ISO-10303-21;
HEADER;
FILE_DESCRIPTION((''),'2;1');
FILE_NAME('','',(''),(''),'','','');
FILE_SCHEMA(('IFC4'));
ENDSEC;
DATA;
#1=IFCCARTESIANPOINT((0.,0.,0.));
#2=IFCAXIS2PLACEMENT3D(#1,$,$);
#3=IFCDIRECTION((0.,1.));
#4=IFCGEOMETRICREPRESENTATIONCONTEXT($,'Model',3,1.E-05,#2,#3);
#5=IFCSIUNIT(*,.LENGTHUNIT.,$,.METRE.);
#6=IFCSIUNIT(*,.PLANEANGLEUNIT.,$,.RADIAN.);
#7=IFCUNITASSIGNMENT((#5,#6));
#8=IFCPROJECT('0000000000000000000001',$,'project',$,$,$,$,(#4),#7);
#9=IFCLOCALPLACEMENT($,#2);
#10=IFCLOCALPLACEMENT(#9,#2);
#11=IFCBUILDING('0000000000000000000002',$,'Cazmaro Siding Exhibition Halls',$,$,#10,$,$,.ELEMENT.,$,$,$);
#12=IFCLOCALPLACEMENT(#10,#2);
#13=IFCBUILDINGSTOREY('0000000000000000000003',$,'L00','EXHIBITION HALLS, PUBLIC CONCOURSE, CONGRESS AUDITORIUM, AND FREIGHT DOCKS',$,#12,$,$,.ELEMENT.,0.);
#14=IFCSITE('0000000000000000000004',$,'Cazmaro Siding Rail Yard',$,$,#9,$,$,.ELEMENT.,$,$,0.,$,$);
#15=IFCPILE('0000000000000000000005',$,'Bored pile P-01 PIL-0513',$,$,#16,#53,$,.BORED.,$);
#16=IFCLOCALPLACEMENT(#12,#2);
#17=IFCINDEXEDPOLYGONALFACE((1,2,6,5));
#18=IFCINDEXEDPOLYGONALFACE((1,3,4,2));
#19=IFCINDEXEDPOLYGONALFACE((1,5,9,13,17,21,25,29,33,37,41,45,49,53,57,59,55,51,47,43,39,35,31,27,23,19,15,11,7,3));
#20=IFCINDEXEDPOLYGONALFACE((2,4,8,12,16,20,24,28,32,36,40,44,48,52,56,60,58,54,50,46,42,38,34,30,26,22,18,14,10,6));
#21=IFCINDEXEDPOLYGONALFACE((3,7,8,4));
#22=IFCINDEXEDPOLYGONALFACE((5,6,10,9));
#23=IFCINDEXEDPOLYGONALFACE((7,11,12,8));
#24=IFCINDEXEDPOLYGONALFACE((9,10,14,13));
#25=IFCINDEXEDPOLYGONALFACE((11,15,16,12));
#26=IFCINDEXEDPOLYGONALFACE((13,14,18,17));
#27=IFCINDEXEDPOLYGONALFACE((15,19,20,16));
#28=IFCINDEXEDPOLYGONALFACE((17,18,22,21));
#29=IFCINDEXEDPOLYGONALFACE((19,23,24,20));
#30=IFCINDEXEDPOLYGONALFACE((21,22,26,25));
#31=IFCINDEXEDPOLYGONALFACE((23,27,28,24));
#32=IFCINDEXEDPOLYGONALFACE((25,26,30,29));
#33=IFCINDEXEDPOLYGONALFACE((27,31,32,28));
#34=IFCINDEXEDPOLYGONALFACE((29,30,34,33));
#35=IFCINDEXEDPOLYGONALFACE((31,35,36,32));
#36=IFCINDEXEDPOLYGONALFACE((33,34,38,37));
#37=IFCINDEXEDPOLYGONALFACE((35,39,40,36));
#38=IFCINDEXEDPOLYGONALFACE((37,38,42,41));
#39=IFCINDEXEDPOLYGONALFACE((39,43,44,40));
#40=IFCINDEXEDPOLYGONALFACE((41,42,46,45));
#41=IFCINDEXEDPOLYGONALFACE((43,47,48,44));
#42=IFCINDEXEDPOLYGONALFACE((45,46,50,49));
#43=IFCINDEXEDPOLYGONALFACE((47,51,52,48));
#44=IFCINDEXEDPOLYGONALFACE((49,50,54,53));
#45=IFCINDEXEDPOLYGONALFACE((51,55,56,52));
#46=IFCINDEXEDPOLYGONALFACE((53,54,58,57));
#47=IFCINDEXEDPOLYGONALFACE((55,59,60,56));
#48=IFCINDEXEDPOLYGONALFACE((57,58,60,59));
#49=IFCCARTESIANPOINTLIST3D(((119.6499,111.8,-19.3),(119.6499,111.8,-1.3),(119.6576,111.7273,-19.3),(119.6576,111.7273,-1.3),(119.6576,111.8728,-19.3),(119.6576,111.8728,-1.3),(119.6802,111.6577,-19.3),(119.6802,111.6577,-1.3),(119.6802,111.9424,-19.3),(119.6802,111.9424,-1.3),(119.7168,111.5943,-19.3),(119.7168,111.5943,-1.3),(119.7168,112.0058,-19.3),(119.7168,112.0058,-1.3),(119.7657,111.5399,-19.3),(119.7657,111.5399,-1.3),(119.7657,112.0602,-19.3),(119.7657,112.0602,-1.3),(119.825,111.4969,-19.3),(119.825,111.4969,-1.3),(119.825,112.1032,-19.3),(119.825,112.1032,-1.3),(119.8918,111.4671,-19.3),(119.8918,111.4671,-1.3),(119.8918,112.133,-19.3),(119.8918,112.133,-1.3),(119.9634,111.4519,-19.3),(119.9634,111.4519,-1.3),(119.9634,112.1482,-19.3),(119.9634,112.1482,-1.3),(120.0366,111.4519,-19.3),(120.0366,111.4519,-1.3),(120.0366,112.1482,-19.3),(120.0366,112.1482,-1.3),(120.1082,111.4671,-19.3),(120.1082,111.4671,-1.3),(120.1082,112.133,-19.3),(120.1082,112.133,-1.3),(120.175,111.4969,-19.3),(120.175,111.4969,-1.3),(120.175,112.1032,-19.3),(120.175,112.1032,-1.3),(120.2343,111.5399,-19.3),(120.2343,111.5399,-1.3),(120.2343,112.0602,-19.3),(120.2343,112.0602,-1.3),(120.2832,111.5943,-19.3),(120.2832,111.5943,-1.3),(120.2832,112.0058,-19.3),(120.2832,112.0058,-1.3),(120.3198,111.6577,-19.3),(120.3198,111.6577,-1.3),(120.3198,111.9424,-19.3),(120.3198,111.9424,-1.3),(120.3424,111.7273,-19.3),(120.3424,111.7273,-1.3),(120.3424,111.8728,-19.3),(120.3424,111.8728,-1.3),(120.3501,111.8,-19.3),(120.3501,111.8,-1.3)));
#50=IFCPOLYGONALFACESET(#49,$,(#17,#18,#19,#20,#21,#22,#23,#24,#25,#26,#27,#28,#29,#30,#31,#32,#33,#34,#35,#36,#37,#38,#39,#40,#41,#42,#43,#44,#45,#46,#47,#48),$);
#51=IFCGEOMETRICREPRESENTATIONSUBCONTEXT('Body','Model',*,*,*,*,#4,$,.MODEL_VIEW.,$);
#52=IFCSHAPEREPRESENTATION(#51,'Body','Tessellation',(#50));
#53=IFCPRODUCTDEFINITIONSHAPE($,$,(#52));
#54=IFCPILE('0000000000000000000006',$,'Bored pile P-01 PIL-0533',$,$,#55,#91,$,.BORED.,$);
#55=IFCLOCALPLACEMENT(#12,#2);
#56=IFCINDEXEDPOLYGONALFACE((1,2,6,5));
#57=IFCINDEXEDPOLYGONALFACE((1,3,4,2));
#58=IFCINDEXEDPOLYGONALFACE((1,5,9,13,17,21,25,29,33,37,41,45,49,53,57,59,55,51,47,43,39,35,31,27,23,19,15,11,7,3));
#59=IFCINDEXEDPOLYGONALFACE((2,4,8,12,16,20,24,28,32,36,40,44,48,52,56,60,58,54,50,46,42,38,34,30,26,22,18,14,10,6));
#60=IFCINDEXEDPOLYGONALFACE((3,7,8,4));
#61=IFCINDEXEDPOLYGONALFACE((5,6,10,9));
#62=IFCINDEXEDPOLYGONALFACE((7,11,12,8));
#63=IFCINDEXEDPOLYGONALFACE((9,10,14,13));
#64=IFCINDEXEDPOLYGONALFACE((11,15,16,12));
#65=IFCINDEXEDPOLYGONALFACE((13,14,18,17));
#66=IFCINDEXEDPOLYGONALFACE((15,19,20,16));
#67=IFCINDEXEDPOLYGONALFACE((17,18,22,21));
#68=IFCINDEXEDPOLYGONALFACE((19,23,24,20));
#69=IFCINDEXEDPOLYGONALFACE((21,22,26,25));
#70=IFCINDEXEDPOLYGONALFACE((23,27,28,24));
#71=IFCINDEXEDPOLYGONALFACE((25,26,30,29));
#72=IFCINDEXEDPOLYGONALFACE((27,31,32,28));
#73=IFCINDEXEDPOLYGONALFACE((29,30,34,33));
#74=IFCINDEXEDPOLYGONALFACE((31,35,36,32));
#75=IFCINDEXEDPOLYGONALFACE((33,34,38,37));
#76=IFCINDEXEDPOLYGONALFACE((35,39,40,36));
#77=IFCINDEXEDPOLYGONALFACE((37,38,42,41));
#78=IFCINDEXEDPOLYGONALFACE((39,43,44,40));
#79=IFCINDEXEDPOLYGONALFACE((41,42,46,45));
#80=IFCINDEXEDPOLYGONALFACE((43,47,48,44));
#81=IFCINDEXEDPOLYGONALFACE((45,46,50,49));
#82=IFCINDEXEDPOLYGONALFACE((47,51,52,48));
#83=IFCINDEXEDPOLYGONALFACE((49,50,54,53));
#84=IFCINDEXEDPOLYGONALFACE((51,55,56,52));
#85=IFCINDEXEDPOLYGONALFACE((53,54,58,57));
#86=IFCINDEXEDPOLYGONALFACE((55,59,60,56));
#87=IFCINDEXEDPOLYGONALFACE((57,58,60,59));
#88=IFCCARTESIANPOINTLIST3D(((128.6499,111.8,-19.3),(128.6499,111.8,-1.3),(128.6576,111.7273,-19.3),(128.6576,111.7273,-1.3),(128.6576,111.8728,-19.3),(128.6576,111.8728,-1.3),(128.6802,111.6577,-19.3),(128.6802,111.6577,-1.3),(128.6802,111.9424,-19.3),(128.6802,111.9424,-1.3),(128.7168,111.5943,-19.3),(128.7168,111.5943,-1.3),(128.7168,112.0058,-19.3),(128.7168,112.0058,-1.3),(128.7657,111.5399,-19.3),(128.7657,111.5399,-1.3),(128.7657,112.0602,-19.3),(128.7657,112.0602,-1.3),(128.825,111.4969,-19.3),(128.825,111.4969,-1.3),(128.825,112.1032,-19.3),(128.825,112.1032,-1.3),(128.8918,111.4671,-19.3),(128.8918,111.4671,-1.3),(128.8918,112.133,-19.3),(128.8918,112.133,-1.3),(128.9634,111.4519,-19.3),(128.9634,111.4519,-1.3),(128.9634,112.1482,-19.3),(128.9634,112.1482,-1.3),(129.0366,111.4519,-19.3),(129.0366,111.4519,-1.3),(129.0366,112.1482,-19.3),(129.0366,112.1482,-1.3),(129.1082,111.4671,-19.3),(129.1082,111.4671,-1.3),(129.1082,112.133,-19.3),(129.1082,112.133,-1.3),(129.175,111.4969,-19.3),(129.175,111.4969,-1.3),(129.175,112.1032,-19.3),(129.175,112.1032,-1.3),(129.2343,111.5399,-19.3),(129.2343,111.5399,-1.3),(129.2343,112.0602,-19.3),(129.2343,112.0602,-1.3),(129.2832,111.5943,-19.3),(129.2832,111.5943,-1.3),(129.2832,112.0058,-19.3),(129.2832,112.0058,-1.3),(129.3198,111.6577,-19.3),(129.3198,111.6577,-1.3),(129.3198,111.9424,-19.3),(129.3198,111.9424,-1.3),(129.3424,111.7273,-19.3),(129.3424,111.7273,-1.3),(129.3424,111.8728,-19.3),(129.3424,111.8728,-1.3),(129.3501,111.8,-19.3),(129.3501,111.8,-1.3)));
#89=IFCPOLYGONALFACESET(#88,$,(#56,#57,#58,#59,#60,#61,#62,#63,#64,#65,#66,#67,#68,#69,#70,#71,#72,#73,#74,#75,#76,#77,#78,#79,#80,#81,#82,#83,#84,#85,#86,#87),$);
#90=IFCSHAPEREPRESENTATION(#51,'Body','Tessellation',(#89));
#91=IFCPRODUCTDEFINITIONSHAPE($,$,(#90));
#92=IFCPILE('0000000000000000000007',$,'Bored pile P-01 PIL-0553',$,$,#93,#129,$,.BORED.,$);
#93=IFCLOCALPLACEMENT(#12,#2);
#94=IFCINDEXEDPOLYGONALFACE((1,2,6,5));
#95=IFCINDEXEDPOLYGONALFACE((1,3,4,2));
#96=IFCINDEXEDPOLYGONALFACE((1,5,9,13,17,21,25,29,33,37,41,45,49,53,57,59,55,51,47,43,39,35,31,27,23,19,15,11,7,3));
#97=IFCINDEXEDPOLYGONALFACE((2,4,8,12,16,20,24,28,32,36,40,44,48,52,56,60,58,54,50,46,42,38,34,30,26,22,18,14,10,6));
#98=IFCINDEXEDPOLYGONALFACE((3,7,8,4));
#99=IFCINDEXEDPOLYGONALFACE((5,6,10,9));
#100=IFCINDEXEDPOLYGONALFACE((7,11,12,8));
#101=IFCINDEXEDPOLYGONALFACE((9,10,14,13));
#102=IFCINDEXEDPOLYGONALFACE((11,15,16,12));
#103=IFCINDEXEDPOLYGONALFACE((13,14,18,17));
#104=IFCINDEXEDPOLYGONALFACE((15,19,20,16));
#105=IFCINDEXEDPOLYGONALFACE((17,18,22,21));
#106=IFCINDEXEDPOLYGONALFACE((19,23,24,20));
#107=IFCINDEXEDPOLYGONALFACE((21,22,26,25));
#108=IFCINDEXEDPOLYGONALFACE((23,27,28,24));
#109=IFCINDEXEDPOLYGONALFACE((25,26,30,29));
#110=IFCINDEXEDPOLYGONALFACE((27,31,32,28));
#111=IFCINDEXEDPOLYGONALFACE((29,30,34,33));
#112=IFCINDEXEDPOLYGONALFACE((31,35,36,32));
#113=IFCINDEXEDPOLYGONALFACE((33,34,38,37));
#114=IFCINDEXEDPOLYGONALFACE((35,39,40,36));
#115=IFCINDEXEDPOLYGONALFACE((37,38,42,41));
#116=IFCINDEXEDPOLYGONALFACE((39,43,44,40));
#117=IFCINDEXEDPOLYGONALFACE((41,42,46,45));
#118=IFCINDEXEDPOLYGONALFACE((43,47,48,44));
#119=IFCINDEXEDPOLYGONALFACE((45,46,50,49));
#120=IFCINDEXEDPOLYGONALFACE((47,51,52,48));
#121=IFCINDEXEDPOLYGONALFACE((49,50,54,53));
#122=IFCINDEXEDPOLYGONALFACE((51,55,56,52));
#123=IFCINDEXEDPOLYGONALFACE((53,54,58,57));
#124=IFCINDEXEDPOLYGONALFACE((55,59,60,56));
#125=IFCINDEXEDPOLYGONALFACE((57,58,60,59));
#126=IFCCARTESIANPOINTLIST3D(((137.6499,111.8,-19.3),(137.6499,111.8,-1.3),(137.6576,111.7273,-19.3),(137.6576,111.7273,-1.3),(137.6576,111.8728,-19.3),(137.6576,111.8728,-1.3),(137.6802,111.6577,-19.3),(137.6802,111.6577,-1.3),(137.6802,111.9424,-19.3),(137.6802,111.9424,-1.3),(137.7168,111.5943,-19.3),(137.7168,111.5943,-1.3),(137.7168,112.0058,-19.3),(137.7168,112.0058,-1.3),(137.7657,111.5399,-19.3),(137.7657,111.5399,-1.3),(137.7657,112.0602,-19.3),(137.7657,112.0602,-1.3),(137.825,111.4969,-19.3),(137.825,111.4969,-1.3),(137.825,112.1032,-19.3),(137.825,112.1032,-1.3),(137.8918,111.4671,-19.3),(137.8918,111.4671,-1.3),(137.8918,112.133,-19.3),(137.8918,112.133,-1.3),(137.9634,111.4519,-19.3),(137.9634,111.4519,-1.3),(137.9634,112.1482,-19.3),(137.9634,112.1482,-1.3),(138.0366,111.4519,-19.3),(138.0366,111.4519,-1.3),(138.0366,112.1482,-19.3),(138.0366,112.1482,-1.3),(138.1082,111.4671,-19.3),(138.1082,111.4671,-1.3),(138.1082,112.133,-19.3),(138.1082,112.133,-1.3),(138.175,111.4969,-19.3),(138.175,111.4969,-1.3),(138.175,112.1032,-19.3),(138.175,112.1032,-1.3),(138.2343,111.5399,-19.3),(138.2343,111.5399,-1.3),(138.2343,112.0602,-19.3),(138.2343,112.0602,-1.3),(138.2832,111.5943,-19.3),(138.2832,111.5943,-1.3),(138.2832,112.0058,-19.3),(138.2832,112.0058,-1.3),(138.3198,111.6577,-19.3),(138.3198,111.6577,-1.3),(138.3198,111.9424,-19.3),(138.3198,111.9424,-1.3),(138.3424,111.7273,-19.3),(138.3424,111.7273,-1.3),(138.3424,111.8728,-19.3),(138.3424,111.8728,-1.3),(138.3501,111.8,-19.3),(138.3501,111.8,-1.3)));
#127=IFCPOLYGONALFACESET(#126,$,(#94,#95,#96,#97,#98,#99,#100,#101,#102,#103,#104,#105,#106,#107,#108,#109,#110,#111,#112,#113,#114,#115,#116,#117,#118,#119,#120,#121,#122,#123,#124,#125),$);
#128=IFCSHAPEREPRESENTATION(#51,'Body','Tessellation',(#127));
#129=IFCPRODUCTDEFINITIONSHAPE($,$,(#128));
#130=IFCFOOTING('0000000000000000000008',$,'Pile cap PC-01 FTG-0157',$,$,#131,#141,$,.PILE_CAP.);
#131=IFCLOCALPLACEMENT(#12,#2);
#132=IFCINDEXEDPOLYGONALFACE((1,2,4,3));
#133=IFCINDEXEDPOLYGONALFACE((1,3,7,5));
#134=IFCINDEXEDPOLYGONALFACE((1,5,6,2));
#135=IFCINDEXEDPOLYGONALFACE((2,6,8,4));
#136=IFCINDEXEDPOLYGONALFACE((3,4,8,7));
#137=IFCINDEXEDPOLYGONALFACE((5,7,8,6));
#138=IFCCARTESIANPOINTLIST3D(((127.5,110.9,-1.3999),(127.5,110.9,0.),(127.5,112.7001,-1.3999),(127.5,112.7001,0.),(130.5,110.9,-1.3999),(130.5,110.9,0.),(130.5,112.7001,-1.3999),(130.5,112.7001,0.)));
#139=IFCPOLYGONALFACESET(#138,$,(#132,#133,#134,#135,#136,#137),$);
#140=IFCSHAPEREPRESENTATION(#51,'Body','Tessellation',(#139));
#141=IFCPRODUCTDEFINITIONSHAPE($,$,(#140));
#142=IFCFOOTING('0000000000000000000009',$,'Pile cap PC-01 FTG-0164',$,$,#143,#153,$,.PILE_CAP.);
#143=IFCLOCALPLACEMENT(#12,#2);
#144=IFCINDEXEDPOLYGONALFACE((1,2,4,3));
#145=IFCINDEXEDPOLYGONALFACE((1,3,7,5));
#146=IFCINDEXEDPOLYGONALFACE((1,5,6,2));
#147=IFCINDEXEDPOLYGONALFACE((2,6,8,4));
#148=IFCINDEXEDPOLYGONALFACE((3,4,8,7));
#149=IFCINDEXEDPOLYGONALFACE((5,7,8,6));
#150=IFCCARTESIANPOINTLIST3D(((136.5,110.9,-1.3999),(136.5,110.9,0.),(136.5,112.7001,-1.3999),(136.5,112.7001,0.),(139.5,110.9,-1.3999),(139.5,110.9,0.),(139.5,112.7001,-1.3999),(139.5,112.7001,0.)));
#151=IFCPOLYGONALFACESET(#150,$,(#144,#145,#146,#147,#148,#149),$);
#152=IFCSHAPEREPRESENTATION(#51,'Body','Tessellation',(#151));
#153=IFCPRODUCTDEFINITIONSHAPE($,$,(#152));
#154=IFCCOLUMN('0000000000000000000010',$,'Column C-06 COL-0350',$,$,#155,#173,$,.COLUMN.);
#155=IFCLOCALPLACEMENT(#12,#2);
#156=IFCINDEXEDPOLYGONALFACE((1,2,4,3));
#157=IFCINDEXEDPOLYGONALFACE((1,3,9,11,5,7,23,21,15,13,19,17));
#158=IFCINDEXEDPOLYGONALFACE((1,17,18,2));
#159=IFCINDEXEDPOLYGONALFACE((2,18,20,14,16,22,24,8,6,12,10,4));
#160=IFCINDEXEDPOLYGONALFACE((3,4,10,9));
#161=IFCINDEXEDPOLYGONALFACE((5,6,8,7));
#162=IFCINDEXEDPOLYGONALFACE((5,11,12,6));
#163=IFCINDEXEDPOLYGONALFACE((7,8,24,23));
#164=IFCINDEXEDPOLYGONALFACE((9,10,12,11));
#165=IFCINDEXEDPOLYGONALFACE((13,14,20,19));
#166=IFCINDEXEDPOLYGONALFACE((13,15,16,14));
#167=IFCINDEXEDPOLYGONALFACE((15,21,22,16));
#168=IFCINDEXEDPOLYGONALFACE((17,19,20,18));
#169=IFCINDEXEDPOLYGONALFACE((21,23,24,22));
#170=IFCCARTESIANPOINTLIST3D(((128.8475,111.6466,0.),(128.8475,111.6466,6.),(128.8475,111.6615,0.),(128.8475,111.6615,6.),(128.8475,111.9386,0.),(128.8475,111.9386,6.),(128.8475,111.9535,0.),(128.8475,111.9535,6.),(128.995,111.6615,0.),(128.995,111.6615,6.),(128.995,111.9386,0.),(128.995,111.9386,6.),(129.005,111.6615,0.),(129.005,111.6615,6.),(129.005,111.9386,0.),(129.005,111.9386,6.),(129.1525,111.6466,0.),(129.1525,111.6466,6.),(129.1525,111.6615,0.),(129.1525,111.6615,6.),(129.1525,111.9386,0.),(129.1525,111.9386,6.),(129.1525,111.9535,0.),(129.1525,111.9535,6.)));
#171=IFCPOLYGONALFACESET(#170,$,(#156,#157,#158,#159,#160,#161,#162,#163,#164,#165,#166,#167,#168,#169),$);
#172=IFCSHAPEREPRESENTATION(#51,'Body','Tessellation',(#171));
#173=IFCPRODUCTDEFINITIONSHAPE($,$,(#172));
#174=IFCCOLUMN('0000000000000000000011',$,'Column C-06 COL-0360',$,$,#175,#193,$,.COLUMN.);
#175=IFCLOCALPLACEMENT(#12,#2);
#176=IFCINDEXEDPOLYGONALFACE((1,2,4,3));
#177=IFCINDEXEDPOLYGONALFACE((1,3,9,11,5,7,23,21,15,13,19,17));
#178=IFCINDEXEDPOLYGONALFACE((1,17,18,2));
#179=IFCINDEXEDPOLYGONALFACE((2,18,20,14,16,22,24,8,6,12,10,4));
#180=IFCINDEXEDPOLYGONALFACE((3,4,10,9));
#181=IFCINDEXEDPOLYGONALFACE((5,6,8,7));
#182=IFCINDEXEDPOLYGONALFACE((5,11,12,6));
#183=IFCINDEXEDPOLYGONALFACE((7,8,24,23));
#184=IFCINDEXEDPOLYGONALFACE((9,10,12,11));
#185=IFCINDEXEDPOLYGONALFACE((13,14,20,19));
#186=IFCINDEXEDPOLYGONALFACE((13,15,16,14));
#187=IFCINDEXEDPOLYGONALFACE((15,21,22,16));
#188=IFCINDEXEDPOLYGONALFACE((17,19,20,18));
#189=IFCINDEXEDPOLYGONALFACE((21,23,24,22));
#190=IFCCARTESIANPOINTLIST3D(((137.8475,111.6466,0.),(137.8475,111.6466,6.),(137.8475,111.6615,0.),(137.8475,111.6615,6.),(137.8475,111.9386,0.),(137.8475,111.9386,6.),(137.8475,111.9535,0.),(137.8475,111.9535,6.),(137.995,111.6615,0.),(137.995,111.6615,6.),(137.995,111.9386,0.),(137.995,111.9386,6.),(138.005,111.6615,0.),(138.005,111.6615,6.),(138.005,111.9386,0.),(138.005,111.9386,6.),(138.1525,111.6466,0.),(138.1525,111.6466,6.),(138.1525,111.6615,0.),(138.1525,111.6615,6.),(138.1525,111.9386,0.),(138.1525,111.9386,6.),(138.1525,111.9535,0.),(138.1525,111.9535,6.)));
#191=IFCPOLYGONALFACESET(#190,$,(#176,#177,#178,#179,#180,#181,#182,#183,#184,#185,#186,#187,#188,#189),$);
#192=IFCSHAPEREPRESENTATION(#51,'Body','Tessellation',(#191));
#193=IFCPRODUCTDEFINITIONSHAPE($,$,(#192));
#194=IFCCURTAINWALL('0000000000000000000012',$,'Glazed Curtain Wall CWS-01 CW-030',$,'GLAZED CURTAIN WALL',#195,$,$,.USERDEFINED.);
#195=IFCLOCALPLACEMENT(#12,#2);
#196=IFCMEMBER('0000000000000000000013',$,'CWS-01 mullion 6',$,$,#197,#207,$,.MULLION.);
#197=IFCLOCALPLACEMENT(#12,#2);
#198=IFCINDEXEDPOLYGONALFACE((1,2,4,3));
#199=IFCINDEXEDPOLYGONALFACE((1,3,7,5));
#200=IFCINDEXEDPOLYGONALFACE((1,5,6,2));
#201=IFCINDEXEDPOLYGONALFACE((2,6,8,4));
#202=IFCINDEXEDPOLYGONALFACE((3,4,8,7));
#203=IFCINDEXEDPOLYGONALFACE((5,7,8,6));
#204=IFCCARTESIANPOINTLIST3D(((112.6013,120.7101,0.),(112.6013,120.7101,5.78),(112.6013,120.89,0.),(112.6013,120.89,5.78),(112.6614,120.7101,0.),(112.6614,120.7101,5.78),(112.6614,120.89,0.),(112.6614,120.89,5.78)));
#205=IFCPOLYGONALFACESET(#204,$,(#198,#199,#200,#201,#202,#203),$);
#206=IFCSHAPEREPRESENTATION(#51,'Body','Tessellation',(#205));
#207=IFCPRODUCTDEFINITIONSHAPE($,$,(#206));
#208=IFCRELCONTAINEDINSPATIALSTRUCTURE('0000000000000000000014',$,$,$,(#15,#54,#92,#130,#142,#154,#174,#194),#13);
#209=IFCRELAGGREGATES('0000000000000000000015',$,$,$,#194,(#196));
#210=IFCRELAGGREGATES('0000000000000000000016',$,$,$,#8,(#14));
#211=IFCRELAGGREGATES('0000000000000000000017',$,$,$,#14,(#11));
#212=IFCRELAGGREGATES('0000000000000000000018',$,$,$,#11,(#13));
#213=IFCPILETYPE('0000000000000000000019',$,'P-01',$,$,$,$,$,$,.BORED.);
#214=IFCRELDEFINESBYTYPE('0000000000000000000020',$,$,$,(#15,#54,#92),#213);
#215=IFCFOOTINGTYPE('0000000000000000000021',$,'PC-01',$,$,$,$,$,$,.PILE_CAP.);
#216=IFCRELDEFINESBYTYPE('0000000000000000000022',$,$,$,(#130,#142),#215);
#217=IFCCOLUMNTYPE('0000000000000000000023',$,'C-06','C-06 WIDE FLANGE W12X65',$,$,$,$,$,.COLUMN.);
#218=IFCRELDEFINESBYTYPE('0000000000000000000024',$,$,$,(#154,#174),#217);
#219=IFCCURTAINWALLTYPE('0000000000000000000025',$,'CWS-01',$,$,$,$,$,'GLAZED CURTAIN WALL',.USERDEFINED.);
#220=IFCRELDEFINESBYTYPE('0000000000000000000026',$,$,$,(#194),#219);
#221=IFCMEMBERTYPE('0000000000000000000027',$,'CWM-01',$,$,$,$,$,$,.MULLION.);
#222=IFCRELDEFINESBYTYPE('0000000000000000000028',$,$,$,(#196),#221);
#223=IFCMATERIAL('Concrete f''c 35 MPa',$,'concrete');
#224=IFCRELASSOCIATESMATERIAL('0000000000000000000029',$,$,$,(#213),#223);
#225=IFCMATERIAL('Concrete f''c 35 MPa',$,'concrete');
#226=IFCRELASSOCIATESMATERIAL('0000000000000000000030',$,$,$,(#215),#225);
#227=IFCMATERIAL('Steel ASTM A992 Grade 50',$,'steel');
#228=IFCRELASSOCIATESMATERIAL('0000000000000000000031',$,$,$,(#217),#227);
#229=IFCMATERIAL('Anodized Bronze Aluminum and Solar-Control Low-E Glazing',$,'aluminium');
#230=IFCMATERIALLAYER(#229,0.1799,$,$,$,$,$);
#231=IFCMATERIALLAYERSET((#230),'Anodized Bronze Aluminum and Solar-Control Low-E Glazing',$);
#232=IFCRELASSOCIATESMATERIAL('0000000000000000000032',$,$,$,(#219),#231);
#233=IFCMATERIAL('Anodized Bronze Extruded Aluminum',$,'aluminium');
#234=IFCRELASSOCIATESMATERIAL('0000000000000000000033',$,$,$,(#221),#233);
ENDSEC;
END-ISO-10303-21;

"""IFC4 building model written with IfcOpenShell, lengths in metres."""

from ifc_helpers import new_model, si_unit, direction, frame, origin, origin_2d, place, context, subcontext, project, spatial, rectangle, circle, i_section, extrude, material, layer, layer_set, material_profile, profile_set, type_object, element, aggregate, save


model = new_model("IFC4")

# Units and contexts
model_context = context("Model", 3, precision=1e-05, world=origin(), true_north=direction((0.0, 1.0)))
body_context = subcontext(model_context, "Body", "Model", "MODEL_VIEW")
ifc_project = project(units=[si_unit("LENGTHUNIT", "METRE"), si_unit("PLANEANGLEUNIT", "RADIAN")], contexts=[model_context])

# Site, building, storey
site_placement = place(None, origin())
site = spatial("IfcSite", under=ifc_project, at=site_placement, Name="Cazmaro Siding Rail Yard", CompositionType="ELEMENT", RefElevation=0.0)
building_placement = place(site_placement, origin())
building = spatial("IfcBuilding", under=site, at=building_placement, Name="Cazmaro Siding Exhibition Halls", CompositionType="ELEMENT")
storey_placement = place(building_placement, origin())
storey = spatial("IfcBuildingStorey", under=building, at=storey_placement, Name="L00", Description="EXHIBITION HALLS, PUBLIC CONCOURSE, CONGRESS AUDITORIUM, AND FREIGHT DOCKS", CompositionType="ELEMENT", Elevation=0.0)

# Piles
ifc_material_1 = material(Name="Concrete f'c 35 MPa", Category="concrete")
ifc_material_profile_1 = material_profile(ifc_material_1, circle(Radius=0.3501, at=origin_2d()), Name="CIDH-700")
ifc_profile_set_1 = profile_set([ifc_material_profile_1], Name="Concrete f'c 35 MPa")
pile_type = type_object("IfcPileType", Name="P-01", PredefinedType="BORED", material=ifc_profile_set_1)
for number, where, z_axis, x_axis, name in (
    (1, (120.0, 111.8, -1.3), (0.0, 0.0, -1.0), (1.0, 0.0, 0.0), "Bored pile P-01 PIL-0513"),
    (2, (129.0, 111.8, -1.3), (0.0, 0.0, -1.0), (1.0, 0.0, 0.0), "Bored pile P-01 PIL-0533"),
    (3, (138.0, 111.8, -1.3), (0.0, 0.0, -1.0), (1.0, 0.0, 0.0), "Bored pile P-01 PIL-0553"),
):
    element("IfcPile", number, at=place(storey_placement, frame(where, z_axis=z_axis, x_axis=x_axis)), inside=storey, type_object=pile_type, Name=name, PredefinedType="BORED", context=body_context, shape_type="SweptSolid", body=[
        extrude(circle(Radius=0.3501, at=origin_2d()), origin(), (0.0, 0.0, 1.0), 18.0),
    ])

# Footings
ifc_material_2 = material(Name="Concrete f'c 35 MPa", Category="concrete")
footing_type = type_object("IfcFootingType", Name="PC-01", PredefinedType="PILE_CAP", material=ifc_material_2)
for number, where, z_axis, x_axis, name in (
    (4, (129.0, 111.8, -1.3999), (0.0, 0.0, 1.0), (1.0, 0.0, 0.0), "Pile cap PC-01 FTG-0157"),
    (5, (138.0, 111.8, -1.3999), (0.0, 0.0, 1.0), (1.0, 0.0, 0.0), "Pile cap PC-01 FTG-0164"),
):
    element("IfcFooting", number, at=place(storey_placement, frame(where, z_axis=z_axis, x_axis=x_axis)), inside=storey, type_object=footing_type, Name=name, PredefinedType="PILE_CAP", context=body_context, shape_type="SweptSolid", body=[
        extrude(rectangle(XDim=3.0, YDim=1.8, at=origin_2d()), origin(), (0.0, 0.0, 1.0), 1.3999),
    ])

# Columns
ifc_material_3 = material(Name="Steel ASTM A992 Grade 50", Category="steel")
ifc_material_profile_2 = material_profile(ifc_material_3, i_section(OverallWidth=0.3049, OverallDepth=0.3069, WebThickness=0.01, FlangeThickness=0.0149, at=origin_2d()), Name="W12X65")
ifc_profile_set_2 = profile_set([ifc_material_profile_2], Name="Steel ASTM A992 Grade 50")
column_type = type_object("IfcColumnType", Name="C-06", Description="C-06 WIDE FLANGE W12X65", PredefinedType="COLUMN", material=ifc_profile_set_2)
for number, where, z_axis, x_axis, name in (
    (6, (129.0, 111.8, 0.0), (0.0, 0.0, 1.0), (1.0, 0.0, 0.0), "Column C-06 COL-0350"),
    (7, (138.0, 111.8, 0.0), (0.0, 0.0, 1.0), (1.0, 0.0, 0.0), "Column C-06 COL-0360"),
):
    element("IfcColumn", number, at=place(storey_placement, frame(where, z_axis=z_axis, x_axis=x_axis)), inside=storey, type_object=column_type, Name=name, PredefinedType="COLUMN", context=body_context, shape_type="SweptSolid", body=[
        extrude(i_section(OverallWidth=0.3049, OverallDepth=0.3069, WebThickness=0.01, FlangeThickness=0.0149, at=origin_2d()), origin(), (0.0, 0.0, 1.0), 6.0),
    ])

# Curtain wall, member
ifc_material_4 = material(Name="Anodized Bronze Aluminum and Solar-Control Low-E Glazing", Category="aluminium")
ifc_layer_1 = layer(ifc_material_4, 0.1799)
ifc_layer_set_1 = layer_set([ifc_layer_1], Name="Anodized Bronze Aluminum and Solar-Control Low-E Glazing")
curtain_wall_type = type_object("IfcCurtainWallType", Name="CWS-01", ElementType="GLAZED CURTAIN WALL", PredefinedType="USERDEFINED", material=ifc_layer_set_1)
curtain_wall_placement = place(storey_placement, origin())
curtain_wall = element("IfcCurtainWall", 8, at=curtain_wall_placement, inside=storey, type_object=curtain_wall_type, Name="Glazed Curtain Wall CWS-01 CW-030", ObjectType="GLAZED CURTAIN WALL", PredefinedType="USERDEFINED")
ifc_material_5 = material(Name="Anodized Bronze Extruded Aluminum", Category="aluminium")
ifc_material_profile_3 = material_profile(ifc_material_5, rectangle(XDim=0.1799, YDim=0.0601, at=origin_2d()), Name="CWM-01")
ifc_profile_set_3 = profile_set([ifc_material_profile_3], Name="Anodized Bronze Extruded Aluminum")
member_type_1 = type_object("IfcMemberType", Name="CWM-01", PredefinedType="MULLION", material=ifc_profile_set_3)
member_1_placement = place(storey_placement, frame((112.6313, 120.8, 0.0), z_axis=(0.0, 0.0, 1.0), x_axis=(0.0, -1.0, 0.0)))
member_1 = element("IfcMember", 9, at=member_1_placement, type_object=member_type_1, Name="CWS-01 mullion 6", PredefinedType="MULLION", context=body_context, shape_type="SweptSolid", body=[
    extrude(rectangle(XDim=0.1799, YDim=0.0601, at=origin_2d()), origin(), (0.0, 0.0, 1.0), 5.78),
])
aggregate(curtain_wall, [member_1])

save(model, "model.ifc")
